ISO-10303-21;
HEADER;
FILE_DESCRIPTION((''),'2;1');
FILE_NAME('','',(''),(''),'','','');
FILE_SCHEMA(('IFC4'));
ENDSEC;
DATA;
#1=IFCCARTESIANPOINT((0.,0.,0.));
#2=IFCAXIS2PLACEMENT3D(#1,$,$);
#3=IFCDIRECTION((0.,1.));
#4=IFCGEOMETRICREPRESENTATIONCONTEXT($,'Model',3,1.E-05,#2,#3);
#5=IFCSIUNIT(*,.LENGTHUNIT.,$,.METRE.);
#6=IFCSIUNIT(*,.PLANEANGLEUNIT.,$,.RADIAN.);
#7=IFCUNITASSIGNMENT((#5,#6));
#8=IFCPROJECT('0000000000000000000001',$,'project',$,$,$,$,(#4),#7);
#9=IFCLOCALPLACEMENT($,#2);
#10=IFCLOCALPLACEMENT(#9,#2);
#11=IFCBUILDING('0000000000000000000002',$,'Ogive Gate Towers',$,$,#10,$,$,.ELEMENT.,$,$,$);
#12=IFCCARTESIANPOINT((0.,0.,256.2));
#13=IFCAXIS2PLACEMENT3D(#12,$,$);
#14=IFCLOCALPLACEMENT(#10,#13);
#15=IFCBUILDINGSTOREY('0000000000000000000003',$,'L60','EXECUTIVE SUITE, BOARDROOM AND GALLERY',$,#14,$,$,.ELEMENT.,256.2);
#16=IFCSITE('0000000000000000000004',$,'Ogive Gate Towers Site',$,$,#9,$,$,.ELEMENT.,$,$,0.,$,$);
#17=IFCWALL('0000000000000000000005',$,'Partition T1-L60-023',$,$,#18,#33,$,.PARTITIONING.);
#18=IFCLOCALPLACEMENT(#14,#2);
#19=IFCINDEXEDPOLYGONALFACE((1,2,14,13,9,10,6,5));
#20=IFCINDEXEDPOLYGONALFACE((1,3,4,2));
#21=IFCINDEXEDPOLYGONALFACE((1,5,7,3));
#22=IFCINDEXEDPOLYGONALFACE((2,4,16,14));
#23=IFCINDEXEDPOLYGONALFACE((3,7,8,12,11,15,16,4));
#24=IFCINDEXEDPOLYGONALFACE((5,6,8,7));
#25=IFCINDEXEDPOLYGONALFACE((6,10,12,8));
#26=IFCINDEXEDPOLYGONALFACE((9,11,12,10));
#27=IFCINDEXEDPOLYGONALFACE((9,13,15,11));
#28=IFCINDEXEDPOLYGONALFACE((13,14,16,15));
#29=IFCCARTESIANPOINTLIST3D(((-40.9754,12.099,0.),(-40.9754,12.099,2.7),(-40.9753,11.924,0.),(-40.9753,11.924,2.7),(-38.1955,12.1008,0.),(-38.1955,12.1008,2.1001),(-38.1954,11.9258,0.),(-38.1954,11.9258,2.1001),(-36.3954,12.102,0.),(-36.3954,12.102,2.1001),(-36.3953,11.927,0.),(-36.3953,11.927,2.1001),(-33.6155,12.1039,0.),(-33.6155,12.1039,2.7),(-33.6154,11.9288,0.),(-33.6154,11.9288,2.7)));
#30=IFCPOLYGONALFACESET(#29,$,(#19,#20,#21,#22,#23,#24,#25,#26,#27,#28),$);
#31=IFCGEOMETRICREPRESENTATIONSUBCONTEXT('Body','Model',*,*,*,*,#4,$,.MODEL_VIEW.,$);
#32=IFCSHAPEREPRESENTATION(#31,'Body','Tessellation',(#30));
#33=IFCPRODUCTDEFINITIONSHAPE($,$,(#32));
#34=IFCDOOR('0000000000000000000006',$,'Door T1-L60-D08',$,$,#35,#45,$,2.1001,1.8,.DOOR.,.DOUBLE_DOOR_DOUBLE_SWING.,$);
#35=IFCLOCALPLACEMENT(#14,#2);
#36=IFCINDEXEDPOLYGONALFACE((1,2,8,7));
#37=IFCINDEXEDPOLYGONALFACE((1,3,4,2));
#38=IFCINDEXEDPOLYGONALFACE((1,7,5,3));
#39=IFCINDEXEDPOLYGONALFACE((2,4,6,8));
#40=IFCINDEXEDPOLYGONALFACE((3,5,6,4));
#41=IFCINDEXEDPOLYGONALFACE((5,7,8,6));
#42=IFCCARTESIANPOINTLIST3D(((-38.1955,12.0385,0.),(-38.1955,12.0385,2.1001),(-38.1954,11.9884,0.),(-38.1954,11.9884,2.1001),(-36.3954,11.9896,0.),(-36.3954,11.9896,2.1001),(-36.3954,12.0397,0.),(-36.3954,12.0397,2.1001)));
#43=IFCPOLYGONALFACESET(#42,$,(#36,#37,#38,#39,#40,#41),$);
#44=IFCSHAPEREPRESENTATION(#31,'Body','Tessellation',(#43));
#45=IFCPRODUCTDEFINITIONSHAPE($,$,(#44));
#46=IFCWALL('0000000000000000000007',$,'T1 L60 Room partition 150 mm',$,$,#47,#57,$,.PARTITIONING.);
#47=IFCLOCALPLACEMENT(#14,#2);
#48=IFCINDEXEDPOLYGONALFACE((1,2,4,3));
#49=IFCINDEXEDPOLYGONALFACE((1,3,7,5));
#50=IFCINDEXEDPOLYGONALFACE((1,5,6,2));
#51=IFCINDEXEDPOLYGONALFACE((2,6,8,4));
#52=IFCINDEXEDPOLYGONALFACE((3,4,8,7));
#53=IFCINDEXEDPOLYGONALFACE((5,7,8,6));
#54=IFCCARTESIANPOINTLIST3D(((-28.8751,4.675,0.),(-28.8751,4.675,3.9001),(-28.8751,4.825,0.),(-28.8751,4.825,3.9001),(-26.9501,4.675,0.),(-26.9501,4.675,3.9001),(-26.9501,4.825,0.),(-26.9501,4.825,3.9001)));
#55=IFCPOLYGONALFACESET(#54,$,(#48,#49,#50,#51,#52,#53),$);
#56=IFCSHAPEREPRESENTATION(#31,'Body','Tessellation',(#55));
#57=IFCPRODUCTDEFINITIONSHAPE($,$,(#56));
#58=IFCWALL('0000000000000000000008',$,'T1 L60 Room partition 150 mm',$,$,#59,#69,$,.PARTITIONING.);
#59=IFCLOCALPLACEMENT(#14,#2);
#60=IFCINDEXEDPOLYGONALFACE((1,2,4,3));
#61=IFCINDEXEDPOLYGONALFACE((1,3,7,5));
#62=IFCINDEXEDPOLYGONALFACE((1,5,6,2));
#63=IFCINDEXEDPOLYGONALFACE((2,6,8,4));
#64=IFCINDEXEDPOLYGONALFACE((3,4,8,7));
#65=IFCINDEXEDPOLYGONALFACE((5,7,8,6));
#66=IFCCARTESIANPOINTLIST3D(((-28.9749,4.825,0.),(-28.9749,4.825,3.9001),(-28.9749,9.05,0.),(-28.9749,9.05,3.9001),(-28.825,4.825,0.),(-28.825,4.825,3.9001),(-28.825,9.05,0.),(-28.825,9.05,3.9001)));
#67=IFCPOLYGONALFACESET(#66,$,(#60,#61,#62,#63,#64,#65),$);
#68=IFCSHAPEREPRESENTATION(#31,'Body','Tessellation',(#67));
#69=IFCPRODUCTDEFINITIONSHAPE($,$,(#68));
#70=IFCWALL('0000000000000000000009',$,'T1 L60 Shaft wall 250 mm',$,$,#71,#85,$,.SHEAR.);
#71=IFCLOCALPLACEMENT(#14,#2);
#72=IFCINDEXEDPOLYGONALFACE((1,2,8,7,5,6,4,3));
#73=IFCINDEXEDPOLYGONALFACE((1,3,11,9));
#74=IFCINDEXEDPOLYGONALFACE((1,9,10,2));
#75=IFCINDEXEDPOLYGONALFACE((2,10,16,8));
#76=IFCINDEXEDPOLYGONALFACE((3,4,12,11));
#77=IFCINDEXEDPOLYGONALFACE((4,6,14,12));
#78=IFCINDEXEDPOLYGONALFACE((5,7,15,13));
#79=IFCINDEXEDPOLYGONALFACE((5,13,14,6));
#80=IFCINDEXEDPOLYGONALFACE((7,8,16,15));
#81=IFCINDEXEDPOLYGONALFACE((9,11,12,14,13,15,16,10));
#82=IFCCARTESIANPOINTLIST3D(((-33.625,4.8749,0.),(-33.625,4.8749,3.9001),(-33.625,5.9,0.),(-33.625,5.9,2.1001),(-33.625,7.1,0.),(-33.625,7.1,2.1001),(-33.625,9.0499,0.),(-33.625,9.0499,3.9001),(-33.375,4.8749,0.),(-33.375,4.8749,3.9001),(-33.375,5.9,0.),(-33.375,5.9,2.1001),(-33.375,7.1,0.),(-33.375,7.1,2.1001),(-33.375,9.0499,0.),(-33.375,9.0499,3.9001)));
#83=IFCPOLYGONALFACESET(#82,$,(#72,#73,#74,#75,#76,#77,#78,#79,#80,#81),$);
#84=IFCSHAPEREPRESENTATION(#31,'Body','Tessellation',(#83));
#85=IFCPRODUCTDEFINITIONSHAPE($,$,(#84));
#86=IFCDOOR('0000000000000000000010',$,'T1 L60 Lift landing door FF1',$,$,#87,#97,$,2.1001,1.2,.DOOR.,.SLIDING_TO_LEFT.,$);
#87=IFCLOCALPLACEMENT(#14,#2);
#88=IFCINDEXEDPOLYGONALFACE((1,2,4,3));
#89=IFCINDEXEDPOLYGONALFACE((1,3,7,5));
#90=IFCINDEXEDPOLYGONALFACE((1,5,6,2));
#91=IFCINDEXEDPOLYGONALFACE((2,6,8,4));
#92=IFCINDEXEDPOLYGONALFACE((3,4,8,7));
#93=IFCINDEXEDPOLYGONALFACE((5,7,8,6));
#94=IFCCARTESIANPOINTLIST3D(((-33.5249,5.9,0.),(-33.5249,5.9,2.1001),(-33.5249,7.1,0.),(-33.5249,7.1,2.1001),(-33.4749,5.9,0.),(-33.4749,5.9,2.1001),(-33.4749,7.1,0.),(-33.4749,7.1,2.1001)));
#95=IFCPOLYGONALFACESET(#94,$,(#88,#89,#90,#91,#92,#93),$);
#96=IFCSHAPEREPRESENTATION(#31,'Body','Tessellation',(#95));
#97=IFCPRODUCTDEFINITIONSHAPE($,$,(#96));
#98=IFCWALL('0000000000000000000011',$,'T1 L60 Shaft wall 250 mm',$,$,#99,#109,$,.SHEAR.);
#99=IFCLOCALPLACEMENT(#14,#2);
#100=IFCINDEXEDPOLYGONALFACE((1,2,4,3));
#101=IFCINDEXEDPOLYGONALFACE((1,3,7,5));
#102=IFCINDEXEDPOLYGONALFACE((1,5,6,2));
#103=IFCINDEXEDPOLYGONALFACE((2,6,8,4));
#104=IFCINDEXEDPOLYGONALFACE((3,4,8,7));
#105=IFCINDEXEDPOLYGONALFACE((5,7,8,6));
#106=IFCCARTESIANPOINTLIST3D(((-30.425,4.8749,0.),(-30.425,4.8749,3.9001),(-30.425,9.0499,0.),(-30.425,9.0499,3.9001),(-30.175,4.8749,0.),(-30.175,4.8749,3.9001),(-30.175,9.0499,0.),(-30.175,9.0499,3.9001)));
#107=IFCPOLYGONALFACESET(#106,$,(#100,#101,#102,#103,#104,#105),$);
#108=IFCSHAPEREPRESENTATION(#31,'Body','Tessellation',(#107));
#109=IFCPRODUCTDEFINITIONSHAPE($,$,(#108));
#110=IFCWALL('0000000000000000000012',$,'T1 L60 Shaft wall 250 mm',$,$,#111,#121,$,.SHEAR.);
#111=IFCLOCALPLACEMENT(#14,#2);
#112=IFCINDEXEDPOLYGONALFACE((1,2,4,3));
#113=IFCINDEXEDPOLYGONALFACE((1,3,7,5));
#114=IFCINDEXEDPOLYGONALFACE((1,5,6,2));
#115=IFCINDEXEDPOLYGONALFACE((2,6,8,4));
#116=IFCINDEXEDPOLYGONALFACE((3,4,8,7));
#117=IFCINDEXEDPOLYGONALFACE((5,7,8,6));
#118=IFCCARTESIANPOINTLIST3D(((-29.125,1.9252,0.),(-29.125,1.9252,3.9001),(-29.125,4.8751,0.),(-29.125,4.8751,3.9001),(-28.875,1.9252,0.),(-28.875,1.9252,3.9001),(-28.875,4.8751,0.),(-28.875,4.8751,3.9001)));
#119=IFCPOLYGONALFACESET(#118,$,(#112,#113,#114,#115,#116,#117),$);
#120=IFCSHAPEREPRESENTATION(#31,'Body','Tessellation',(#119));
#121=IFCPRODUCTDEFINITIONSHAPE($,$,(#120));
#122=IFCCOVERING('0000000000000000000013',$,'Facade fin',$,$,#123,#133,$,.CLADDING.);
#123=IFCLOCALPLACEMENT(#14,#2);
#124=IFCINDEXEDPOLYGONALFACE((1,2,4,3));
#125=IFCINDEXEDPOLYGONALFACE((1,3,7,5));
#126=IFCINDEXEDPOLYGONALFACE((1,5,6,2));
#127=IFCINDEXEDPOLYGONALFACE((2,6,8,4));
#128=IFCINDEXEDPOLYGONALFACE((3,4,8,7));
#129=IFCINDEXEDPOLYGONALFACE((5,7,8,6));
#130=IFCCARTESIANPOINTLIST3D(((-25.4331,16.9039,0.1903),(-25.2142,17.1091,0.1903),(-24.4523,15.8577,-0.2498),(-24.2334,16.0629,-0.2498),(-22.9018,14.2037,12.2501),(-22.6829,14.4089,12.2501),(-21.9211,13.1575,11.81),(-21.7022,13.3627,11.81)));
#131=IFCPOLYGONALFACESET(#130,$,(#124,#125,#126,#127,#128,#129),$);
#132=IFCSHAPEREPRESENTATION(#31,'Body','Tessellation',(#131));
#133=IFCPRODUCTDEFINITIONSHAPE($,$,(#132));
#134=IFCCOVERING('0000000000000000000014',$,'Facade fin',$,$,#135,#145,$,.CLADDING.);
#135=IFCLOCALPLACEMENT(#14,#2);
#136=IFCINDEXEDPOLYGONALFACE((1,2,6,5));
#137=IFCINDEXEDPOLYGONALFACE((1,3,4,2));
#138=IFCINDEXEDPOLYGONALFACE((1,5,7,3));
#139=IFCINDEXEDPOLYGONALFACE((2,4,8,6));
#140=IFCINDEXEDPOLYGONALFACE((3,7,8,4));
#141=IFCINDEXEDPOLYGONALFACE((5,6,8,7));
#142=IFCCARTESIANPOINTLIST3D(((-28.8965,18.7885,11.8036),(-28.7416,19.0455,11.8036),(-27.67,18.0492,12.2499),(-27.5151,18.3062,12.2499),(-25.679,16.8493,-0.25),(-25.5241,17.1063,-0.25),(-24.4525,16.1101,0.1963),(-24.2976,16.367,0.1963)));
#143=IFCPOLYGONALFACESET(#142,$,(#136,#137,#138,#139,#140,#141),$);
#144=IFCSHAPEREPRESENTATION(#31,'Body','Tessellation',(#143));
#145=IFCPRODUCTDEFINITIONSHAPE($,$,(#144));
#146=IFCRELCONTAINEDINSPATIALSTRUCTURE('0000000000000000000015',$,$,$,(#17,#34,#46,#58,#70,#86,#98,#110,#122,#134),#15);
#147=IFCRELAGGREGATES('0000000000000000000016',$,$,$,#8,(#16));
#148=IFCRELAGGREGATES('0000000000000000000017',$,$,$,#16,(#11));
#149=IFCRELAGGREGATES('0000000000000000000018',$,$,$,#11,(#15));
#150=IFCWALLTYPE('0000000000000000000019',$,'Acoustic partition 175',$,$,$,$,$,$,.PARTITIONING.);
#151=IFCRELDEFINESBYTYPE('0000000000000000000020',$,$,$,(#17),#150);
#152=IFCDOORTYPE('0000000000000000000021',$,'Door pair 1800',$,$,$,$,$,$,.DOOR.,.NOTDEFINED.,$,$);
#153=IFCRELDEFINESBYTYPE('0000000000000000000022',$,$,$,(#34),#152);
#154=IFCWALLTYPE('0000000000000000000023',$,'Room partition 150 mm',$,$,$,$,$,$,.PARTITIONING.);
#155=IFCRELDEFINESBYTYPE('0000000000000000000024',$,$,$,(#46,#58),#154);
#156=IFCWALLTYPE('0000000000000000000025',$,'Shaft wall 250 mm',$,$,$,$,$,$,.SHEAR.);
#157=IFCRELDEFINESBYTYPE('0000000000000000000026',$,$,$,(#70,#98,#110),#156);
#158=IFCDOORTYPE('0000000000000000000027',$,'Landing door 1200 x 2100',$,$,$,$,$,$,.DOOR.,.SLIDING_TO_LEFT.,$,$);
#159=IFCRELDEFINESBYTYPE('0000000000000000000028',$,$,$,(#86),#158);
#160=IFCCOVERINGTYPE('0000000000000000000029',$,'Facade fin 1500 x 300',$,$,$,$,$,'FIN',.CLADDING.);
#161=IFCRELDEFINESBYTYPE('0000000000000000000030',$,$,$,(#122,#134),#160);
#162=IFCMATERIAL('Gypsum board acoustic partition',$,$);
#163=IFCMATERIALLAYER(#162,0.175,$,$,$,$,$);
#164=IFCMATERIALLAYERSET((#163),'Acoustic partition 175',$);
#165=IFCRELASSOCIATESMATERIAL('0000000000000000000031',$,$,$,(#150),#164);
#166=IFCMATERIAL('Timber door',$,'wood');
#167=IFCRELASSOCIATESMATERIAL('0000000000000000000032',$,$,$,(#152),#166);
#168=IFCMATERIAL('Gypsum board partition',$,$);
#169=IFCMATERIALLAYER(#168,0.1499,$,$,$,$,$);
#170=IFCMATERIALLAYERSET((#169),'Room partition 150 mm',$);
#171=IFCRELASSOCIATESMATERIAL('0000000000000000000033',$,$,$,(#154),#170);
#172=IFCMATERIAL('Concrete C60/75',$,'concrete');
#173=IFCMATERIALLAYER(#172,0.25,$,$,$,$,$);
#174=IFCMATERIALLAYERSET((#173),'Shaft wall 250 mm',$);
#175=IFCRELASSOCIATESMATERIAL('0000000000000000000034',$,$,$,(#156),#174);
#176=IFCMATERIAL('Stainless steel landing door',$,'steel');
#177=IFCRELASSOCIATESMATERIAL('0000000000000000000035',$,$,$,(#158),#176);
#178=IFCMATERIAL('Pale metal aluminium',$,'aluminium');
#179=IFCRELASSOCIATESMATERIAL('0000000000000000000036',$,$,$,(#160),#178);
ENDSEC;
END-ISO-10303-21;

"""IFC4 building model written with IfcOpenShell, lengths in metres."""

from ifc_helpers import new_model, si_unit, direction, frame, frame_2d, origin, origin_2d, place, context, subcontext, project, spatial, rectangle, extrude, material, layer, layer_set, material_profile, profile_set, type_object, element, fill, save


model = new_model("IFC4")

# Units and contexts
model_context = context("Model", 3, precision=1e-05, world=origin(), true_north=direction((0.0, 1.0)))
body_context = subcontext(model_context, "Body", "Model", "MODEL_VIEW")
ifc_project = project(units=[si_unit("LENGTHUNIT", "METRE"), si_unit("PLANEANGLEUNIT", "RADIAN")], contexts=[model_context])

# Site, building, storey
site_placement = place(None, origin())
site = spatial("IfcSite", under=ifc_project, at=site_placement, Name="Ogive Gate Towers Site", CompositionType="ELEMENT", RefElevation=0.0)
building_placement = place(site_placement, origin())
building = spatial("IfcBuilding", under=site, at=building_placement, Name="Ogive Gate Towers", CompositionType="ELEMENT")
storey_placement = place(building_placement, frame((0.0, 0.0, 256.2)))
storey = spatial("IfcBuildingStorey", under=building, at=storey_placement, Name="L60", Description="EXECUTIVE SUITE, BOARDROOM AND GALLERY", CompositionType="ELEMENT", Elevation=256.2)

# Shared definitions
ifc_material_1 = material(Name="Pale metal aluminium", Category="aluminium")

# Shared definitions
ifc_material_2 = material(Name="Gypsum board acoustic partition")
ifc_layer_1 = layer(ifc_material_2, 0.175)
ifc_layer_set_1 = layer_set([ifc_layer_1], Name="Acoustic partition 175")
wall_type_1 = type_object("IfcWallType", Name="Acoustic partition 175", PredefinedType="PARTITIONING", material=ifc_layer_set_1)

# Shared definitions
ifc_material_3 = material(Name="Timber door", Category="wood")

# Wall, opening, door
wall_1_placement = place(storey_placement, frame((-33.6155, 12.0164, 0.0), z_axis=(0.0, 0.0, 1.0), x_axis=(-1.0, -0.000663, 0.0)))
wall_1 = element("IfcWall", 1, at=wall_1_placement, inside=storey, type_object=wall_type_1, Name="Partition T1-L60-023", PredefinedType="PARTITIONING", context=body_context, shape_type="SweptSolid", body=[
    extrude(rectangle(XDim=7.3599, YDim=0.175, at=frame_2d((3.6799, 0.0))), origin(), (0.0, 0.0, 1.0), 2.7),
])
opening_1_placement = place(wall_1_placement, frame((2.78, 0.0, 0.0)))
opening_1 = element("IfcOpeningElement", 2, at=opening_1_placement, cuts=wall_1, PredefinedType="OPENING", context=body_context, shape_type="SweptSolid", body=[
    extrude(rectangle(XDim=1.8, YDim=2.1001, at=frame_2d((0.8999, 1.05))), frame((0.0, 0.0977, 0.0), z_axis=(0.0, -1.0, 0.0), x_axis=(1.0, 0.0, 0.0)), (0.0, 0.0, 1.0), 0.1951),
])
door_type_1 = type_object("IfcDoorType", Name="Door pair 1800", OperationType="NOTDEFINED", PredefinedType="DOOR", material=ifc_material_3)
door_1_placement = place(opening_1_placement, origin())
door_1 = element("IfcDoor", 3, at=door_1_placement, inside=storey, type_object=door_type_1, Name="Door T1-L60-D08", OperationType="DOUBLE_DOOR_DOUBLE_SWING", OverallHeight=2.1001, OverallWidth=1.8, PredefinedType="DOOR", context=body_context, shape_type="SweptSolid", body=[
    extrude(rectangle(XDim=1.8, YDim=2.1001, at=frame_2d((0.8999, 1.05))), frame((0.0, 0.0249, 0.0), z_axis=(0.0, -1.0, 0.0), x_axis=(1.0, 0.0, 0.0)), (0.0, 0.0, 1.0), 0.05),
])
fill(opening_1, door_1)

# Walls
ifc_material_4 = material(Name="Gypsum board partition")
ifc_layer_2 = layer(ifc_material_4, 0.1499)
ifc_layer_set_2 = layer_set([ifc_layer_2], Name="Room partition 150 mm")
wall_type_2 = type_object("IfcWallType", Name="Room partition 150 mm", PredefinedType="PARTITIONING", material=ifc_layer_set_2)
wall_2_placement = place(storey_placement, frame((-28.875, 4.75, 0.0), z_axis=(0.0, 0.0, 1.0), x_axis=(1.0, 0.0, 0.0)))
element("IfcWall", 4, at=wall_2_placement, inside=storey, type_object=wall_type_2, Name="T1 L60 Room partition 150 mm", PredefinedType="PARTITIONING", context=body_context, shape_type="SweptSolid", body=[
    extrude(rectangle(XDim=1.925, YDim=0.1499, at=frame_2d((0.9624, 0.0))), origin(), (0.0, 0.0, 1.0), 3.9001),
])
wall_3_placement = place(storey_placement, frame((-28.8999, 4.825, 0.0), z_axis=(0.0, 0.0, 1.0), x_axis=(0.0, 1.0, 0.0)))
element("IfcWall", 5, at=wall_3_placement, inside=storey, type_object=wall_type_2, Name="T1 L60 Room partition 150 mm", PredefinedType="PARTITIONING", context=body_context, shape_type="SweptSolid", body=[
    extrude(rectangle(XDim=4.2251, YDim=0.1499, at=frame_2d((2.1125, 0.0))), origin(), (0.0, 0.0, 1.0), 3.9001),
])

# Wall, opening, door
ifc_material_5 = material(Name="Concrete C60/75", Category="concrete")
ifc_layer_3 = layer(ifc_material_5, 0.25)
ifc_layer_set_3 = layer_set([ifc_layer_3], Name="Shaft wall 250 mm")
wall_type_3 = type_object("IfcWallType", Name="Shaft wall 250 mm", PredefinedType="SHEAR", material=ifc_layer_set_3)
wall_4_placement = place(storey_placement, frame((-33.5, 4.875, 0.0), z_axis=(0.0, 0.0, 1.0), x_axis=(0.0, 1.0, 0.0)))
wall_4 = element("IfcWall", 6, at=wall_4_placement, inside=storey, type_object=wall_type_3, Name="T1 L60 Shaft wall 250 mm", PredefinedType="SHEAR", context=body_context, shape_type="SweptSolid", body=[
    extrude(rectangle(XDim=4.175, YDim=0.25, at=frame_2d((2.0874, 0.0))), origin(), (0.0, 0.0, 1.0), 3.9001),
])
opening_2_placement = place(wall_4_placement, frame((1.0249, 0.0, 0.0)))
opening_2 = element("IfcOpeningElement", 7, at=opening_2_placement, cuts=wall_4, PredefinedType="OPENING", context=body_context, shape_type="SweptSolid", body=[
    extrude(rectangle(XDim=1.2, YDim=2.1001, at=frame_2d((0.6001, 1.05))), frame((0.0, 0.135, 0.0), z_axis=(0.0, -1.0, 0.0), x_axis=(1.0, 0.0, 0.0)), (0.0, 0.0, 1.0), 0.27),
])
ifc_material_6 = material(Name="Stainless steel landing door", Category="steel")
door_type_2 = type_object("IfcDoorType", Name="Landing door 1200 x 2100", OperationType="SLIDING_TO_LEFT", PredefinedType="DOOR", material=ifc_material_6)
door_2_placement = place(opening_2_placement, origin())
door_2 = element("IfcDoor", 8, at=door_2_placement, inside=storey, type_object=door_type_2, Name="T1 L60 Lift landing door FF1", OperationType="SLIDING_TO_LEFT", OverallHeight=2.1001, OverallWidth=1.2, PredefinedType="DOOR", context=body_context, shape_type="SweptSolid", body=[
    extrude(rectangle(XDim=1.2, YDim=2.1001, at=frame_2d((0.6001, 1.05))), frame((0.0, 0.0249, 0.0), z_axis=(0.0, -1.0, 0.0), x_axis=(1.0, 0.0, 0.0)), (0.0, 0.0, 1.0), 0.05),
])
fill(opening_2, door_2)

# Walls
wall_5_placement = place(storey_placement, frame((-30.3, 4.875, 0.0), z_axis=(0.0, 0.0, 1.0), x_axis=(0.0, 1.0, 0.0)))
element("IfcWall", 9, at=wall_5_placement, inside=storey, type_object=wall_type_3, Name="T1 L60 Shaft wall 250 mm", PredefinedType="SHEAR", context=body_context, shape_type="SweptSolid", body=[
    extrude(rectangle(XDim=4.175, YDim=0.25, at=frame_2d((2.0874, 0.0))), origin(), (0.0, 0.0, 1.0), 3.9001),
])
wall_6_placement = place(storey_placement, frame((-29.0, 1.925, 0.0), z_axis=(0.0, 0.0, 1.0), x_axis=(0.0, 1.0, 0.0)))
element("IfcWall", 10, at=wall_6_placement, inside=storey, type_object=wall_type_3, Name="T1 L60 Shaft wall 250 mm", PredefinedType="SHEAR", context=body_context, shape_type="SweptSolid", body=[
    extrude(rectangle(XDim=2.95, YDim=0.25, at=frame_2d((1.4751, 0.0))), origin(), (0.0, 0.0, 1.0), 3.9001),
])

# Coverings
ifc_material_profile_1 = material_profile(ifc_material_1, rectangle(XDim=0.3, YDim=1.5, at=origin_2d()), Name="1500 x 300 pale metal aluminium")
ifc_profile_set_1 = profile_set([ifc_material_profile_1], Name="Pale metal aluminium")
covering_type = type_object("IfcCoveringType", Name="Facade fin 1500 x 300", ElementType="FIN", PredefinedType="CLADDING", material=ifc_profile_set_1)
covering_1_placement = place(storey_placement, frame((-24.8333, 16.4834, -0.0298), z_axis=(0.200654, -0.214047, 0.955993), x_axis=(0.729562, 0.683915, 0.0)))
element("IfcCovering", 11, at=covering_1_placement, inside=storey, type_object=covering_type, Name="Facade fin", PredefinedType="CLADDING", context=body_context, shape_type="SweptSolid", body=[
    extrude(rectangle(XDim=0.3, YDim=1.5, at=origin_2d()), origin(), (0.0, 0.0, 1.0), 12.615),
])
covering_2_placement = place(storey_placement, frame((-24.9883, 16.6082, -0.0269), z_axis=(-0.254842, 0.153594, 0.954706), x_axis=(-0.516196, -0.856471, 0.0)))
element("IfcCovering", 12, at=covering_2_placement, inside=storey, type_object=covering_type, Name="Facade fin", PredefinedType="CLADDING", context=body_context, shape_type="SweptSolid", body=[
    extrude(rectangle(XDim=0.3, YDim=1.5, at=origin_2d()), origin(), (0.0, 0.0, 1.0), 12.6255),
])

save(model, "model.ifc")
